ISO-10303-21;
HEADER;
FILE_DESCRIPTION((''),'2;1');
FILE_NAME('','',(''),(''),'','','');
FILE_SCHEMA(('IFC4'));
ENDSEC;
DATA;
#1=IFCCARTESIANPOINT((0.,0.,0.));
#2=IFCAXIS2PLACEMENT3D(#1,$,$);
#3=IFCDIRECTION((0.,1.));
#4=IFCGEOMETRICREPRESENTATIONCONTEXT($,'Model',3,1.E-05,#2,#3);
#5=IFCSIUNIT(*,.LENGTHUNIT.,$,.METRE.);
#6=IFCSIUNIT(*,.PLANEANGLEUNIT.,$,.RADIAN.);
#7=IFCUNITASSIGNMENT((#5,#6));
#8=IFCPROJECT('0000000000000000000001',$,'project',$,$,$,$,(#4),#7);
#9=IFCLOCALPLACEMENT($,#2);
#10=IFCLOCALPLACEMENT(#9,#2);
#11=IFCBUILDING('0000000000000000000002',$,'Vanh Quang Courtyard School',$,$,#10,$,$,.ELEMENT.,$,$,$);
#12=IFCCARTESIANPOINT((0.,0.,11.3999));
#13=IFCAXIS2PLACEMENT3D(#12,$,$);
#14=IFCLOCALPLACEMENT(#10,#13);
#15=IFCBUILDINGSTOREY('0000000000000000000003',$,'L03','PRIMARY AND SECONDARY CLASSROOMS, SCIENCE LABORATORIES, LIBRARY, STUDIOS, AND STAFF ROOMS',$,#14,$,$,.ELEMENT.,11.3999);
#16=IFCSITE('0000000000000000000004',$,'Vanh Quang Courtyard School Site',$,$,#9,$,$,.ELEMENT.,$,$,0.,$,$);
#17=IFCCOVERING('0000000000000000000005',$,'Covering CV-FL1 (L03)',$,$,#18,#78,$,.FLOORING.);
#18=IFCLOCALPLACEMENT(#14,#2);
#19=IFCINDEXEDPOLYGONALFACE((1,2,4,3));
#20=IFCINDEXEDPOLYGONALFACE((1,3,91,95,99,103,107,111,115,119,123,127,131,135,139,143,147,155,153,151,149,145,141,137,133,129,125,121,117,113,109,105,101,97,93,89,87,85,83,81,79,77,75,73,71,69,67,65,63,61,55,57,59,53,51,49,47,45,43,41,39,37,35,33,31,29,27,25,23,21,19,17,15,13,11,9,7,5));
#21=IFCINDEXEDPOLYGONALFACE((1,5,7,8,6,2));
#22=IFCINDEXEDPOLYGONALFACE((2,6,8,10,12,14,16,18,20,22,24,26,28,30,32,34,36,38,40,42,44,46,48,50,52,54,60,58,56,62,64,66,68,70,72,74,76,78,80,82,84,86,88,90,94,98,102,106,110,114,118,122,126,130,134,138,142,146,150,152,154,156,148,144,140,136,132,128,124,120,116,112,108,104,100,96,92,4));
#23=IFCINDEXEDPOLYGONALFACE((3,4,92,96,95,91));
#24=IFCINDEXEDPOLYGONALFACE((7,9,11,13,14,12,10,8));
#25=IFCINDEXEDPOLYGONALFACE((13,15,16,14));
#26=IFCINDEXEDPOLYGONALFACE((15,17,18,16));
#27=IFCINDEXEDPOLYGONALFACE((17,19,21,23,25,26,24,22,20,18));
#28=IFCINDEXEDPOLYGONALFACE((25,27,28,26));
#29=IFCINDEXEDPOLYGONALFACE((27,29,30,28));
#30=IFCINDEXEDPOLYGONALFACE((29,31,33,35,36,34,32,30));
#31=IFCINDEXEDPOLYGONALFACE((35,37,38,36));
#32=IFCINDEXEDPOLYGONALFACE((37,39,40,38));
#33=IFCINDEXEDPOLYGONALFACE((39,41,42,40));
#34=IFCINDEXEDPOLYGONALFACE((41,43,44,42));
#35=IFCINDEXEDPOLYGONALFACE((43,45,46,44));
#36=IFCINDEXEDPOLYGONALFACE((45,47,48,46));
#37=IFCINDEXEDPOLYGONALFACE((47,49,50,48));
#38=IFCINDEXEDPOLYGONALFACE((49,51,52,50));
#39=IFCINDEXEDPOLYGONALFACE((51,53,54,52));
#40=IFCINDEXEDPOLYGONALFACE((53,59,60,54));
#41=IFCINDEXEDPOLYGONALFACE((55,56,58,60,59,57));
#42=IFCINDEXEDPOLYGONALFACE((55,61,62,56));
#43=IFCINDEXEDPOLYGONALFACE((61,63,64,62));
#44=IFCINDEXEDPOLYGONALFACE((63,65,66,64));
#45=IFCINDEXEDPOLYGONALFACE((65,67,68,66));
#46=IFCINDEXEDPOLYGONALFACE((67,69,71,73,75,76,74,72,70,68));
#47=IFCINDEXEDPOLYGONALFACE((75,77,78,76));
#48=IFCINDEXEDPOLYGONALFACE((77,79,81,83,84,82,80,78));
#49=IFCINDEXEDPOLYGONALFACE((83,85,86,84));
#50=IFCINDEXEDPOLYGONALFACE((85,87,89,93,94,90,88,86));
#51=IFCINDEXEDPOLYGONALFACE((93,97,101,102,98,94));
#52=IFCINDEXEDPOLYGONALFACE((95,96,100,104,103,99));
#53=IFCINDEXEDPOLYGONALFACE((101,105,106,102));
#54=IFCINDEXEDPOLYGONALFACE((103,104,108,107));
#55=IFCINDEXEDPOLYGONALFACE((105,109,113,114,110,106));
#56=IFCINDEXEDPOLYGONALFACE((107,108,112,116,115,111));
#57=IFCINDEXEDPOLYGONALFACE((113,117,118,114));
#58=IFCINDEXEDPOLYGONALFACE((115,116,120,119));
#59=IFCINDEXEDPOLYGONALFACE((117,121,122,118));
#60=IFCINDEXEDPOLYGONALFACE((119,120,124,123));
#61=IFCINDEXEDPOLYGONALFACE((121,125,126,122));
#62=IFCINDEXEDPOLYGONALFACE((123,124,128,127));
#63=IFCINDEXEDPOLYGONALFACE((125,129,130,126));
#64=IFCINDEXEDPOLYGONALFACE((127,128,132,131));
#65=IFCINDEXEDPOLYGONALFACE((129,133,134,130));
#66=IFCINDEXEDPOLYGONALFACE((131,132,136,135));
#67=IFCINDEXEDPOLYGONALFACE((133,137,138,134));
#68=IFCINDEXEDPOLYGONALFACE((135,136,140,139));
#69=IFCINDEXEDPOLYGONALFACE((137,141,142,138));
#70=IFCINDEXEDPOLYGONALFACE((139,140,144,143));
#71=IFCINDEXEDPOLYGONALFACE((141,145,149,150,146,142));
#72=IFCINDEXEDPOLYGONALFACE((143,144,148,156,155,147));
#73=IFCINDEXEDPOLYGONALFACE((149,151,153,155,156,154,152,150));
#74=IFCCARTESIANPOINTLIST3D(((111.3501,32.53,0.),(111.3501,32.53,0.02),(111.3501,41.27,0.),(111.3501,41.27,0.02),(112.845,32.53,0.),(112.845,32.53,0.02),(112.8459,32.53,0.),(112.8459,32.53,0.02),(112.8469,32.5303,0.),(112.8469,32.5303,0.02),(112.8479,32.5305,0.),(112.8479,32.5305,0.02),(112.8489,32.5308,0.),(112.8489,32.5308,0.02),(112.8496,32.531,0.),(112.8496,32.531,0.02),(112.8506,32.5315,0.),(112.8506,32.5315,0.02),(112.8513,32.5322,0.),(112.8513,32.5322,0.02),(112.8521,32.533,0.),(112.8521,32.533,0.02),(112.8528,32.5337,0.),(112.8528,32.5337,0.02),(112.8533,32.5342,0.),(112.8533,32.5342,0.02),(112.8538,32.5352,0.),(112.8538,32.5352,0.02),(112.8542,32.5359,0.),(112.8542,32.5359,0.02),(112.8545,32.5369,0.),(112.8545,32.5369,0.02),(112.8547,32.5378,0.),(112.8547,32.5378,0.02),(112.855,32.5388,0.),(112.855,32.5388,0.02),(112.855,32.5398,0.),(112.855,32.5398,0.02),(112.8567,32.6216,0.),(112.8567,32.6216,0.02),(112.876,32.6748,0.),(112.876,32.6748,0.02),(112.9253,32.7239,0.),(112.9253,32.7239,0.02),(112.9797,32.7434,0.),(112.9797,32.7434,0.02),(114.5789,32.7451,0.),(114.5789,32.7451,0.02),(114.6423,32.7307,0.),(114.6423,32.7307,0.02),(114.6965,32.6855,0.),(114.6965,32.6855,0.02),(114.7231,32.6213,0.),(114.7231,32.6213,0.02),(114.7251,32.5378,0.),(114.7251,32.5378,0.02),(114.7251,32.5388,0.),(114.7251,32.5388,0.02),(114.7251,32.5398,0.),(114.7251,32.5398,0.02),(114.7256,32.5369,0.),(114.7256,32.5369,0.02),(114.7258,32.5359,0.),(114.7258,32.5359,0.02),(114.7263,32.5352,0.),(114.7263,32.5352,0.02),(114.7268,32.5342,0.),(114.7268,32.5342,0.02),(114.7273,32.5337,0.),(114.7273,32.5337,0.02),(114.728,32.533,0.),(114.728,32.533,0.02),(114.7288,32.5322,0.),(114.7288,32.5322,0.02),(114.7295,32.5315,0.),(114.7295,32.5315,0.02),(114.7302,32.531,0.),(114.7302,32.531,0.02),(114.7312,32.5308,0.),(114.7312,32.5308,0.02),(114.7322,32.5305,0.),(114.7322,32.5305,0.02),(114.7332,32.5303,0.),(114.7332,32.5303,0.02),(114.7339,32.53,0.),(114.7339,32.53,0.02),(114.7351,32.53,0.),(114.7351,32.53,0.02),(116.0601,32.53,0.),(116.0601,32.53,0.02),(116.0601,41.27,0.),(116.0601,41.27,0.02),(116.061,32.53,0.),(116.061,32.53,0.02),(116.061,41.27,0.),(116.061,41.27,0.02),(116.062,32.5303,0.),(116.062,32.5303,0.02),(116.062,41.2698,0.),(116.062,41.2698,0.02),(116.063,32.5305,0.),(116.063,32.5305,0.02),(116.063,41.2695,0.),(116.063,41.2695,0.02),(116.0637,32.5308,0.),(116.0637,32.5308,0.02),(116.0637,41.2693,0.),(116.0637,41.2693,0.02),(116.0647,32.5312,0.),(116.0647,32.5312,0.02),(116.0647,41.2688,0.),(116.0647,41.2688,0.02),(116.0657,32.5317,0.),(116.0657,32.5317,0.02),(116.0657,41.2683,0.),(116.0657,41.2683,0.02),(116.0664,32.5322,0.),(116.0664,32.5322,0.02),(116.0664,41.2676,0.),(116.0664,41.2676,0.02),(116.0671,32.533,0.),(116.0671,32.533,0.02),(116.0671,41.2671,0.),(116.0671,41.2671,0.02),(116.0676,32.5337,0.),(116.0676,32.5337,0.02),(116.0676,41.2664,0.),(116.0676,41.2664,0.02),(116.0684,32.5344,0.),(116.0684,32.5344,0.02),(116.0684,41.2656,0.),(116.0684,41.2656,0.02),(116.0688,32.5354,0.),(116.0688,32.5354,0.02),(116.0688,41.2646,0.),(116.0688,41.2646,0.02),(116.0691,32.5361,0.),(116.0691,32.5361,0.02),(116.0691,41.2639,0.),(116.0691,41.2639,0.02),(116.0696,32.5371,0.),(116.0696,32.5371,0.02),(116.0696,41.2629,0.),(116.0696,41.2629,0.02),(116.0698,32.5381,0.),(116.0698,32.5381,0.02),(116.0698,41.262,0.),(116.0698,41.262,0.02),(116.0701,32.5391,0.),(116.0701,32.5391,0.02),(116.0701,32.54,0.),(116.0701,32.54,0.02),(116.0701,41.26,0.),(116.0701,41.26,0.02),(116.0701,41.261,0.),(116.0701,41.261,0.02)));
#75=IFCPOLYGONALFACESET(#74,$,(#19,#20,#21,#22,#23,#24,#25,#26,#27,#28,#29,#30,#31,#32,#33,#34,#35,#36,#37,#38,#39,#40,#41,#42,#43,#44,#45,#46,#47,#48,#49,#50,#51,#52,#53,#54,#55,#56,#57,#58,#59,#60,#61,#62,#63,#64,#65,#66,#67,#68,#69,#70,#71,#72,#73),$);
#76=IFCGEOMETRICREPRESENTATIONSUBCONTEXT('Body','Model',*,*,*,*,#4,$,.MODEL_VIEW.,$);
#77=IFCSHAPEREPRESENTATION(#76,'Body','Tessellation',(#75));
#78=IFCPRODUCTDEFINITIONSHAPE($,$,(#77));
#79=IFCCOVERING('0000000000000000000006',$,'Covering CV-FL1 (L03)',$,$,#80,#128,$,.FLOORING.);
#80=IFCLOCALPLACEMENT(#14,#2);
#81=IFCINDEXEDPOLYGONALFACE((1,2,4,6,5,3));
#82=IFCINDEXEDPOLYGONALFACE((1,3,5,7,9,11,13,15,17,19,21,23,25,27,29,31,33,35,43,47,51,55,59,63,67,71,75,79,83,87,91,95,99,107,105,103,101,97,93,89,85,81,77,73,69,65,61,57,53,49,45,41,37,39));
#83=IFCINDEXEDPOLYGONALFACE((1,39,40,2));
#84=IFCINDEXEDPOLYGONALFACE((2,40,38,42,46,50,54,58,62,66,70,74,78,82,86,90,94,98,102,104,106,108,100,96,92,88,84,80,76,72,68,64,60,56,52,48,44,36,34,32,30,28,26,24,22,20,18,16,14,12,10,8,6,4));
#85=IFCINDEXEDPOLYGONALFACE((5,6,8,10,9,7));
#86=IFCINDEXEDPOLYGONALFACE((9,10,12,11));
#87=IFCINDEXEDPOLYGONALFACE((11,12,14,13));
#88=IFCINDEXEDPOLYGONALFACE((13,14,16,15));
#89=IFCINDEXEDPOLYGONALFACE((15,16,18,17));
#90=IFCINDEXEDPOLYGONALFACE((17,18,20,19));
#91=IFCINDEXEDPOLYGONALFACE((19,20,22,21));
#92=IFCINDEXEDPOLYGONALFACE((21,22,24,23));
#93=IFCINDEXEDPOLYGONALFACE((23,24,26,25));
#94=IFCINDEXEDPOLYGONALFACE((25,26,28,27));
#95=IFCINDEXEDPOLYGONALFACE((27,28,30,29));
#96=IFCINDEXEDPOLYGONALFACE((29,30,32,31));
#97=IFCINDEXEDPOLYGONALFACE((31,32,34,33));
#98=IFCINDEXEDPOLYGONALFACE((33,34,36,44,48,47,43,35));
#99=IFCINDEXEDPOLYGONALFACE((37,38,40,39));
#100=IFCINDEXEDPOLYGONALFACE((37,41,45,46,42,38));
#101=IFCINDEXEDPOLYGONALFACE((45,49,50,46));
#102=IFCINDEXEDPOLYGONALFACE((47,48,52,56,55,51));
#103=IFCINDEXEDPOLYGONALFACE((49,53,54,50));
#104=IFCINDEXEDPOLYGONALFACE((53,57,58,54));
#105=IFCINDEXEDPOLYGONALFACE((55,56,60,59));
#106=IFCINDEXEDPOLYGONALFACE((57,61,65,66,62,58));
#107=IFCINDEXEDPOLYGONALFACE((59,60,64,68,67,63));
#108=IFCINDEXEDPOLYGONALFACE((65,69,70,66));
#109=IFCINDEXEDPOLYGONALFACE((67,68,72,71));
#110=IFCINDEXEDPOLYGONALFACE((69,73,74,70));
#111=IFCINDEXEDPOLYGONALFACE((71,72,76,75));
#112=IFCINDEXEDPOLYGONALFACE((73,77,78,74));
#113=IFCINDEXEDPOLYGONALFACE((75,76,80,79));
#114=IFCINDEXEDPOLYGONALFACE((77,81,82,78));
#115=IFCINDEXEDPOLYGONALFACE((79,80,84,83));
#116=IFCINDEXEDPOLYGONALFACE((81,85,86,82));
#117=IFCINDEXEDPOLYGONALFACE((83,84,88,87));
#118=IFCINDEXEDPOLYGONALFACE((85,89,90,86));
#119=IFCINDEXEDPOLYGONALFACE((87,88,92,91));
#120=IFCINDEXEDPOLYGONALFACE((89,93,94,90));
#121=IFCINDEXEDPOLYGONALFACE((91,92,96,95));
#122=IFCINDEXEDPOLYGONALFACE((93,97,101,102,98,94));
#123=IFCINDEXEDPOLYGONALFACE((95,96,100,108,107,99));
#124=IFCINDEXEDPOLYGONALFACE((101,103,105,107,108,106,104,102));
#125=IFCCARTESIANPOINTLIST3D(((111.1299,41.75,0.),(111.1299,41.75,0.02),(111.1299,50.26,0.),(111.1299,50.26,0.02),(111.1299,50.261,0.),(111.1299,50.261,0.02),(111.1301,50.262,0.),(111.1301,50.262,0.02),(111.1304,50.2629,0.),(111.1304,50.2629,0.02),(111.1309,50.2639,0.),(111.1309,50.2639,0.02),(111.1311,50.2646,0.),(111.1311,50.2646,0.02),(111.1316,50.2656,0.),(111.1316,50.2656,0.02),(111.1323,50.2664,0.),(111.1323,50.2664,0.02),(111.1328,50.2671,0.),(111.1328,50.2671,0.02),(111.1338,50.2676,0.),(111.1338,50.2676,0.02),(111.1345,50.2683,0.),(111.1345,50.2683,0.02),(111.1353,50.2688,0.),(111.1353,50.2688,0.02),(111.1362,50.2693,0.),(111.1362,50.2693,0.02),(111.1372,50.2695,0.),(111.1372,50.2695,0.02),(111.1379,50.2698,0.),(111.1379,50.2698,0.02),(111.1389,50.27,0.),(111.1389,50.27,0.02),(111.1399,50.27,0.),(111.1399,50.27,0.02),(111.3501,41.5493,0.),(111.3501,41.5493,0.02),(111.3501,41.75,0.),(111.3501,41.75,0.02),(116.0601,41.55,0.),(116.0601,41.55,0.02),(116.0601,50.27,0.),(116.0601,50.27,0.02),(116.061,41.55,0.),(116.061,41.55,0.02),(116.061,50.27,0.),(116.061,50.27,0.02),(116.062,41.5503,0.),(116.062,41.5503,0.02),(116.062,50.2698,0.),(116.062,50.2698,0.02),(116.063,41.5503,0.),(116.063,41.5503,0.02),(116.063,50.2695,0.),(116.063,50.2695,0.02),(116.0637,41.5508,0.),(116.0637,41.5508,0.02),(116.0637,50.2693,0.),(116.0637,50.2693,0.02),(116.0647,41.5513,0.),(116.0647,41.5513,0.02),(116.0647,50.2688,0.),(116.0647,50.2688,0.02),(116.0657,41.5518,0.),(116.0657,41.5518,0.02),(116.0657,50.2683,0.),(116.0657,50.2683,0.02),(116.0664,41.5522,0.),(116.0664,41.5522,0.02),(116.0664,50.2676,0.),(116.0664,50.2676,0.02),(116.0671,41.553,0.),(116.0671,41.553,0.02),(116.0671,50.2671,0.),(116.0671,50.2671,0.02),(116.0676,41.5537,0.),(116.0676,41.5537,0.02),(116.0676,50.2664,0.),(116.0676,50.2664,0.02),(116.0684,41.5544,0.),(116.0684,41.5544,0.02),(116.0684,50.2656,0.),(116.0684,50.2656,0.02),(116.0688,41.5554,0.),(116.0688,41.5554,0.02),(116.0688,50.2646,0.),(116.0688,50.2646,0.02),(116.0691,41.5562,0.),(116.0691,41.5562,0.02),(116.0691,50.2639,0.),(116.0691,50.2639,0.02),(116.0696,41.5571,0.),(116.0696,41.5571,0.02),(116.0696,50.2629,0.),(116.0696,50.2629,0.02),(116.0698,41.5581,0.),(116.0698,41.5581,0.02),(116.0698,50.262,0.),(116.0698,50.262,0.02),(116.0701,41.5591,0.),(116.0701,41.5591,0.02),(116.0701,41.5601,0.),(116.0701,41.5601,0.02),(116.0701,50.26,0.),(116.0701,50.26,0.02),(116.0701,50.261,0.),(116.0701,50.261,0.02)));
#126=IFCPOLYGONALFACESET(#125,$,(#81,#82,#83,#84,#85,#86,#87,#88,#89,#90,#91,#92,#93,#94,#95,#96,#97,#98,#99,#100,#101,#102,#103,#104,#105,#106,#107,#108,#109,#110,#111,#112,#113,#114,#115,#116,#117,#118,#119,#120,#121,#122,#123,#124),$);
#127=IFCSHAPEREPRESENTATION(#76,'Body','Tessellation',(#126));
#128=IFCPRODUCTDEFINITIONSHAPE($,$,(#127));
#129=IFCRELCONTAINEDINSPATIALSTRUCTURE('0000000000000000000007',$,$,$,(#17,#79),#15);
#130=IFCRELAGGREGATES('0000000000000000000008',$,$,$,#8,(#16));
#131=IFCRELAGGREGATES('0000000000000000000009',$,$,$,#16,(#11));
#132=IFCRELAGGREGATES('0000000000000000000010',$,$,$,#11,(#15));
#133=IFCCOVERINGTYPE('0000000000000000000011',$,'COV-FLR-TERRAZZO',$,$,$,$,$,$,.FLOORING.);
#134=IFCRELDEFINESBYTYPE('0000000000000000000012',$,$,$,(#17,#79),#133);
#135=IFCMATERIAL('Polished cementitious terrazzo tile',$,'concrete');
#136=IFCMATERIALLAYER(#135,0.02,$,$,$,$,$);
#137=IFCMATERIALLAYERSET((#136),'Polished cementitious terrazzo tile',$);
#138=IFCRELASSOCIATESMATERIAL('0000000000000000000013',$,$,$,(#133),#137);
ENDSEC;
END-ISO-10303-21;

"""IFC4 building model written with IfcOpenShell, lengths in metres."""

from ifc_helpers import new_model, si_unit, direction, frame, origin, place, context, subcontext, project, spatial, polyline, outline, extrude, material, layer, layer_set, type_object, element, save


model = new_model("IFC4")

# Units and contexts
model_context = context("Model", 3, precision=1e-05, world=origin(), true_north=direction((0.0, 1.0)))
body_context = subcontext(model_context, "Body", "Model", "MODEL_VIEW")
ifc_project = project(units=[si_unit("LENGTHUNIT", "METRE"), si_unit("PLANEANGLEUNIT", "RADIAN")], contexts=[model_context])

# Site, building, storey
site_placement = place(None, origin())
site = spatial("IfcSite", under=ifc_project, at=site_placement, Name="Vanh Quang Courtyard School Site", CompositionType="ELEMENT", RefElevation=0.0)
building_placement = place(site_placement, origin())
building = spatial("IfcBuilding", under=site, at=building_placement, Name="Vanh Quang Courtyard School", CompositionType="ELEMENT")
storey_placement = place(building_placement, frame((0.0, 0.0, 11.3999)))
storey = spatial("IfcBuildingStorey", under=building, at=storey_placement, Name="L03", Description="PRIMARY AND SECONDARY CLASSROOMS, SCIENCE LABORATORIES, LIBRARY, STUDIOS, AND STAFF ROOMS", CompositionType="ELEMENT", Elevation=11.3999)

# Coverings
ifc_material_1 = material(Name="Polished cementitious terrazzo tile", Category="concrete")
ifc_layer_1 = layer(ifc_material_1, 0.02)
ifc_layer_set_1 = layer_set([ifc_layer_1], Name="Polished cementitious terrazzo tile")
covering_type_1 = type_object("IfcCoveringType", Name="COV-FLR-TERRAZZO", PredefinedType="FLOORING", material=ifc_layer_set_1)
covering_1_placement = place(storey_placement, origin())
element("IfcCovering", 1, at=covering_1_placement, inside=storey, type_object=covering_type_1, Name="Covering CV-FL1 (L03)", PredefinedType="FLOORING", context=body_context, shape_type="SweptSolid", body=[
    extrude(outline(polyline([(111.3501, 32.53), (111.3501, 41.27), (116.0601, 41.27), (116.061, 41.27), (116.062, 41.2698), (116.063, 41.2695), (116.0637, 41.2693), (116.0647, 41.2688), (116.0657, 41.2683), (116.0664, 41.2676), (116.0671, 41.2671), (116.0676, 41.2664), (116.0684, 41.2656), (116.0688, 41.2646), (116.0691, 41.2639), (116.0696, 41.2629), (116.0698, 41.262), (116.0701, 41.261), (116.0701, 41.26), (116.0701, 32.54), (116.0701, 32.5391), (116.0698, 32.5381), (116.0696, 32.5371), (116.0691, 32.5361), (116.0688, 32.5354), (116.0684, 32.5344), (116.0676, 32.5337), (116.0671, 32.533), (116.0664, 32.5322), (116.0657, 32.5317), (116.0647, 32.5312), (116.0637, 32.5308), (116.063, 32.5305), (116.062, 32.5303), (116.061, 32.53), (116.0601, 32.53), (114.7351, 32.53), (114.7339, 32.53), (114.7332, 32.5303), (114.7322, 32.5305), (114.7312, 32.5308), (114.7302, 32.531), (114.7295, 32.5315), (114.7288, 32.5322), (114.728, 32.533), (114.7273, 32.5337), (114.7268, 32.5342), (114.7263, 32.5352), (114.7258, 32.5359), (114.7256, 32.5369), (114.7251, 32.5378), (114.7251, 32.5388), (114.7251, 32.5398), (114.7231, 32.6213), (114.6965, 32.6855), (114.6423, 32.7307), (114.5789, 32.7451), (112.9797, 32.7434), (112.9253, 32.7239), (112.876, 32.6748), (112.8567, 32.6216), (112.855, 32.5398), (112.855, 32.5388), (112.8547, 32.5378), (112.8545, 32.5369), (112.8542, 32.5359), (112.8538, 32.5352), (112.8533, 32.5342), (112.8528, 32.5337), (112.8521, 32.533), (112.8513, 32.5322), (112.8506, 32.5315), (112.8496, 32.531), (112.8489, 32.5308), (112.8479, 32.5305), (112.8469, 32.5303), (112.8459, 32.53), (112.845, 32.53), (111.3501, 32.53)])), origin(), (0.0, 0.0, 1.0), 0.02),
])
covering_2_placement = place(storey_placement, origin())
element("IfcCovering", 2, at=covering_2_placement, inside=storey, type_object=covering_type_1, Name="Covering CV-FL1 (L03)", PredefinedType="FLOORING", context=body_context, shape_type="SweptSolid", body=[
    extrude(outline(polyline([(111.3501, 41.5493), (111.3501, 41.75), (111.1299, 41.75), (111.1299, 50.26), (111.1299, 50.261), (111.1301, 50.262), (111.1304, 50.2629), (111.1309, 50.2639), (111.1311, 50.2646), (111.1316, 50.2656), (111.1323, 50.2664), (111.1328, 50.2671), (111.1338, 50.2676), (111.1345, 50.2683), (111.1353, 50.2688), (111.1362, 50.2693), (111.1372, 50.2695), (111.1379, 50.2698), (111.1389, 50.27), (111.1399, 50.27), (116.0601, 50.27), (116.061, 50.27), (116.062, 50.2698), (116.063, 50.2695), (116.0637, 50.2693), (116.0647, 50.2688), (116.0657, 50.2683), (116.0664, 50.2676), (116.0671, 50.2671), (116.0676, 50.2664), (116.0684, 50.2656), (116.0688, 50.2646), (116.0691, 50.2639), (116.0696, 50.2629), (116.0698, 50.262), (116.0701, 50.261), (116.0701, 50.26), (116.0701, 41.5601), (116.0701, 41.5591), (116.0698, 41.5581), (116.0696, 41.5571), (116.0691, 41.5562), (116.0688, 41.5554), (116.0684, 41.5544), (116.0676, 41.5537), (116.0671, 41.553), (116.0664, 41.5522), (116.0657, 41.5518), (116.0647, 41.5513), (116.0637, 41.5508), (116.063, 41.5503), (116.062, 41.5503), (116.061, 41.55), (116.0601, 41.55), (111.3501, 41.5493)])), origin(), (0.0, 0.0, 1.0), 0.02),
])

save(model, "model.ifc")
